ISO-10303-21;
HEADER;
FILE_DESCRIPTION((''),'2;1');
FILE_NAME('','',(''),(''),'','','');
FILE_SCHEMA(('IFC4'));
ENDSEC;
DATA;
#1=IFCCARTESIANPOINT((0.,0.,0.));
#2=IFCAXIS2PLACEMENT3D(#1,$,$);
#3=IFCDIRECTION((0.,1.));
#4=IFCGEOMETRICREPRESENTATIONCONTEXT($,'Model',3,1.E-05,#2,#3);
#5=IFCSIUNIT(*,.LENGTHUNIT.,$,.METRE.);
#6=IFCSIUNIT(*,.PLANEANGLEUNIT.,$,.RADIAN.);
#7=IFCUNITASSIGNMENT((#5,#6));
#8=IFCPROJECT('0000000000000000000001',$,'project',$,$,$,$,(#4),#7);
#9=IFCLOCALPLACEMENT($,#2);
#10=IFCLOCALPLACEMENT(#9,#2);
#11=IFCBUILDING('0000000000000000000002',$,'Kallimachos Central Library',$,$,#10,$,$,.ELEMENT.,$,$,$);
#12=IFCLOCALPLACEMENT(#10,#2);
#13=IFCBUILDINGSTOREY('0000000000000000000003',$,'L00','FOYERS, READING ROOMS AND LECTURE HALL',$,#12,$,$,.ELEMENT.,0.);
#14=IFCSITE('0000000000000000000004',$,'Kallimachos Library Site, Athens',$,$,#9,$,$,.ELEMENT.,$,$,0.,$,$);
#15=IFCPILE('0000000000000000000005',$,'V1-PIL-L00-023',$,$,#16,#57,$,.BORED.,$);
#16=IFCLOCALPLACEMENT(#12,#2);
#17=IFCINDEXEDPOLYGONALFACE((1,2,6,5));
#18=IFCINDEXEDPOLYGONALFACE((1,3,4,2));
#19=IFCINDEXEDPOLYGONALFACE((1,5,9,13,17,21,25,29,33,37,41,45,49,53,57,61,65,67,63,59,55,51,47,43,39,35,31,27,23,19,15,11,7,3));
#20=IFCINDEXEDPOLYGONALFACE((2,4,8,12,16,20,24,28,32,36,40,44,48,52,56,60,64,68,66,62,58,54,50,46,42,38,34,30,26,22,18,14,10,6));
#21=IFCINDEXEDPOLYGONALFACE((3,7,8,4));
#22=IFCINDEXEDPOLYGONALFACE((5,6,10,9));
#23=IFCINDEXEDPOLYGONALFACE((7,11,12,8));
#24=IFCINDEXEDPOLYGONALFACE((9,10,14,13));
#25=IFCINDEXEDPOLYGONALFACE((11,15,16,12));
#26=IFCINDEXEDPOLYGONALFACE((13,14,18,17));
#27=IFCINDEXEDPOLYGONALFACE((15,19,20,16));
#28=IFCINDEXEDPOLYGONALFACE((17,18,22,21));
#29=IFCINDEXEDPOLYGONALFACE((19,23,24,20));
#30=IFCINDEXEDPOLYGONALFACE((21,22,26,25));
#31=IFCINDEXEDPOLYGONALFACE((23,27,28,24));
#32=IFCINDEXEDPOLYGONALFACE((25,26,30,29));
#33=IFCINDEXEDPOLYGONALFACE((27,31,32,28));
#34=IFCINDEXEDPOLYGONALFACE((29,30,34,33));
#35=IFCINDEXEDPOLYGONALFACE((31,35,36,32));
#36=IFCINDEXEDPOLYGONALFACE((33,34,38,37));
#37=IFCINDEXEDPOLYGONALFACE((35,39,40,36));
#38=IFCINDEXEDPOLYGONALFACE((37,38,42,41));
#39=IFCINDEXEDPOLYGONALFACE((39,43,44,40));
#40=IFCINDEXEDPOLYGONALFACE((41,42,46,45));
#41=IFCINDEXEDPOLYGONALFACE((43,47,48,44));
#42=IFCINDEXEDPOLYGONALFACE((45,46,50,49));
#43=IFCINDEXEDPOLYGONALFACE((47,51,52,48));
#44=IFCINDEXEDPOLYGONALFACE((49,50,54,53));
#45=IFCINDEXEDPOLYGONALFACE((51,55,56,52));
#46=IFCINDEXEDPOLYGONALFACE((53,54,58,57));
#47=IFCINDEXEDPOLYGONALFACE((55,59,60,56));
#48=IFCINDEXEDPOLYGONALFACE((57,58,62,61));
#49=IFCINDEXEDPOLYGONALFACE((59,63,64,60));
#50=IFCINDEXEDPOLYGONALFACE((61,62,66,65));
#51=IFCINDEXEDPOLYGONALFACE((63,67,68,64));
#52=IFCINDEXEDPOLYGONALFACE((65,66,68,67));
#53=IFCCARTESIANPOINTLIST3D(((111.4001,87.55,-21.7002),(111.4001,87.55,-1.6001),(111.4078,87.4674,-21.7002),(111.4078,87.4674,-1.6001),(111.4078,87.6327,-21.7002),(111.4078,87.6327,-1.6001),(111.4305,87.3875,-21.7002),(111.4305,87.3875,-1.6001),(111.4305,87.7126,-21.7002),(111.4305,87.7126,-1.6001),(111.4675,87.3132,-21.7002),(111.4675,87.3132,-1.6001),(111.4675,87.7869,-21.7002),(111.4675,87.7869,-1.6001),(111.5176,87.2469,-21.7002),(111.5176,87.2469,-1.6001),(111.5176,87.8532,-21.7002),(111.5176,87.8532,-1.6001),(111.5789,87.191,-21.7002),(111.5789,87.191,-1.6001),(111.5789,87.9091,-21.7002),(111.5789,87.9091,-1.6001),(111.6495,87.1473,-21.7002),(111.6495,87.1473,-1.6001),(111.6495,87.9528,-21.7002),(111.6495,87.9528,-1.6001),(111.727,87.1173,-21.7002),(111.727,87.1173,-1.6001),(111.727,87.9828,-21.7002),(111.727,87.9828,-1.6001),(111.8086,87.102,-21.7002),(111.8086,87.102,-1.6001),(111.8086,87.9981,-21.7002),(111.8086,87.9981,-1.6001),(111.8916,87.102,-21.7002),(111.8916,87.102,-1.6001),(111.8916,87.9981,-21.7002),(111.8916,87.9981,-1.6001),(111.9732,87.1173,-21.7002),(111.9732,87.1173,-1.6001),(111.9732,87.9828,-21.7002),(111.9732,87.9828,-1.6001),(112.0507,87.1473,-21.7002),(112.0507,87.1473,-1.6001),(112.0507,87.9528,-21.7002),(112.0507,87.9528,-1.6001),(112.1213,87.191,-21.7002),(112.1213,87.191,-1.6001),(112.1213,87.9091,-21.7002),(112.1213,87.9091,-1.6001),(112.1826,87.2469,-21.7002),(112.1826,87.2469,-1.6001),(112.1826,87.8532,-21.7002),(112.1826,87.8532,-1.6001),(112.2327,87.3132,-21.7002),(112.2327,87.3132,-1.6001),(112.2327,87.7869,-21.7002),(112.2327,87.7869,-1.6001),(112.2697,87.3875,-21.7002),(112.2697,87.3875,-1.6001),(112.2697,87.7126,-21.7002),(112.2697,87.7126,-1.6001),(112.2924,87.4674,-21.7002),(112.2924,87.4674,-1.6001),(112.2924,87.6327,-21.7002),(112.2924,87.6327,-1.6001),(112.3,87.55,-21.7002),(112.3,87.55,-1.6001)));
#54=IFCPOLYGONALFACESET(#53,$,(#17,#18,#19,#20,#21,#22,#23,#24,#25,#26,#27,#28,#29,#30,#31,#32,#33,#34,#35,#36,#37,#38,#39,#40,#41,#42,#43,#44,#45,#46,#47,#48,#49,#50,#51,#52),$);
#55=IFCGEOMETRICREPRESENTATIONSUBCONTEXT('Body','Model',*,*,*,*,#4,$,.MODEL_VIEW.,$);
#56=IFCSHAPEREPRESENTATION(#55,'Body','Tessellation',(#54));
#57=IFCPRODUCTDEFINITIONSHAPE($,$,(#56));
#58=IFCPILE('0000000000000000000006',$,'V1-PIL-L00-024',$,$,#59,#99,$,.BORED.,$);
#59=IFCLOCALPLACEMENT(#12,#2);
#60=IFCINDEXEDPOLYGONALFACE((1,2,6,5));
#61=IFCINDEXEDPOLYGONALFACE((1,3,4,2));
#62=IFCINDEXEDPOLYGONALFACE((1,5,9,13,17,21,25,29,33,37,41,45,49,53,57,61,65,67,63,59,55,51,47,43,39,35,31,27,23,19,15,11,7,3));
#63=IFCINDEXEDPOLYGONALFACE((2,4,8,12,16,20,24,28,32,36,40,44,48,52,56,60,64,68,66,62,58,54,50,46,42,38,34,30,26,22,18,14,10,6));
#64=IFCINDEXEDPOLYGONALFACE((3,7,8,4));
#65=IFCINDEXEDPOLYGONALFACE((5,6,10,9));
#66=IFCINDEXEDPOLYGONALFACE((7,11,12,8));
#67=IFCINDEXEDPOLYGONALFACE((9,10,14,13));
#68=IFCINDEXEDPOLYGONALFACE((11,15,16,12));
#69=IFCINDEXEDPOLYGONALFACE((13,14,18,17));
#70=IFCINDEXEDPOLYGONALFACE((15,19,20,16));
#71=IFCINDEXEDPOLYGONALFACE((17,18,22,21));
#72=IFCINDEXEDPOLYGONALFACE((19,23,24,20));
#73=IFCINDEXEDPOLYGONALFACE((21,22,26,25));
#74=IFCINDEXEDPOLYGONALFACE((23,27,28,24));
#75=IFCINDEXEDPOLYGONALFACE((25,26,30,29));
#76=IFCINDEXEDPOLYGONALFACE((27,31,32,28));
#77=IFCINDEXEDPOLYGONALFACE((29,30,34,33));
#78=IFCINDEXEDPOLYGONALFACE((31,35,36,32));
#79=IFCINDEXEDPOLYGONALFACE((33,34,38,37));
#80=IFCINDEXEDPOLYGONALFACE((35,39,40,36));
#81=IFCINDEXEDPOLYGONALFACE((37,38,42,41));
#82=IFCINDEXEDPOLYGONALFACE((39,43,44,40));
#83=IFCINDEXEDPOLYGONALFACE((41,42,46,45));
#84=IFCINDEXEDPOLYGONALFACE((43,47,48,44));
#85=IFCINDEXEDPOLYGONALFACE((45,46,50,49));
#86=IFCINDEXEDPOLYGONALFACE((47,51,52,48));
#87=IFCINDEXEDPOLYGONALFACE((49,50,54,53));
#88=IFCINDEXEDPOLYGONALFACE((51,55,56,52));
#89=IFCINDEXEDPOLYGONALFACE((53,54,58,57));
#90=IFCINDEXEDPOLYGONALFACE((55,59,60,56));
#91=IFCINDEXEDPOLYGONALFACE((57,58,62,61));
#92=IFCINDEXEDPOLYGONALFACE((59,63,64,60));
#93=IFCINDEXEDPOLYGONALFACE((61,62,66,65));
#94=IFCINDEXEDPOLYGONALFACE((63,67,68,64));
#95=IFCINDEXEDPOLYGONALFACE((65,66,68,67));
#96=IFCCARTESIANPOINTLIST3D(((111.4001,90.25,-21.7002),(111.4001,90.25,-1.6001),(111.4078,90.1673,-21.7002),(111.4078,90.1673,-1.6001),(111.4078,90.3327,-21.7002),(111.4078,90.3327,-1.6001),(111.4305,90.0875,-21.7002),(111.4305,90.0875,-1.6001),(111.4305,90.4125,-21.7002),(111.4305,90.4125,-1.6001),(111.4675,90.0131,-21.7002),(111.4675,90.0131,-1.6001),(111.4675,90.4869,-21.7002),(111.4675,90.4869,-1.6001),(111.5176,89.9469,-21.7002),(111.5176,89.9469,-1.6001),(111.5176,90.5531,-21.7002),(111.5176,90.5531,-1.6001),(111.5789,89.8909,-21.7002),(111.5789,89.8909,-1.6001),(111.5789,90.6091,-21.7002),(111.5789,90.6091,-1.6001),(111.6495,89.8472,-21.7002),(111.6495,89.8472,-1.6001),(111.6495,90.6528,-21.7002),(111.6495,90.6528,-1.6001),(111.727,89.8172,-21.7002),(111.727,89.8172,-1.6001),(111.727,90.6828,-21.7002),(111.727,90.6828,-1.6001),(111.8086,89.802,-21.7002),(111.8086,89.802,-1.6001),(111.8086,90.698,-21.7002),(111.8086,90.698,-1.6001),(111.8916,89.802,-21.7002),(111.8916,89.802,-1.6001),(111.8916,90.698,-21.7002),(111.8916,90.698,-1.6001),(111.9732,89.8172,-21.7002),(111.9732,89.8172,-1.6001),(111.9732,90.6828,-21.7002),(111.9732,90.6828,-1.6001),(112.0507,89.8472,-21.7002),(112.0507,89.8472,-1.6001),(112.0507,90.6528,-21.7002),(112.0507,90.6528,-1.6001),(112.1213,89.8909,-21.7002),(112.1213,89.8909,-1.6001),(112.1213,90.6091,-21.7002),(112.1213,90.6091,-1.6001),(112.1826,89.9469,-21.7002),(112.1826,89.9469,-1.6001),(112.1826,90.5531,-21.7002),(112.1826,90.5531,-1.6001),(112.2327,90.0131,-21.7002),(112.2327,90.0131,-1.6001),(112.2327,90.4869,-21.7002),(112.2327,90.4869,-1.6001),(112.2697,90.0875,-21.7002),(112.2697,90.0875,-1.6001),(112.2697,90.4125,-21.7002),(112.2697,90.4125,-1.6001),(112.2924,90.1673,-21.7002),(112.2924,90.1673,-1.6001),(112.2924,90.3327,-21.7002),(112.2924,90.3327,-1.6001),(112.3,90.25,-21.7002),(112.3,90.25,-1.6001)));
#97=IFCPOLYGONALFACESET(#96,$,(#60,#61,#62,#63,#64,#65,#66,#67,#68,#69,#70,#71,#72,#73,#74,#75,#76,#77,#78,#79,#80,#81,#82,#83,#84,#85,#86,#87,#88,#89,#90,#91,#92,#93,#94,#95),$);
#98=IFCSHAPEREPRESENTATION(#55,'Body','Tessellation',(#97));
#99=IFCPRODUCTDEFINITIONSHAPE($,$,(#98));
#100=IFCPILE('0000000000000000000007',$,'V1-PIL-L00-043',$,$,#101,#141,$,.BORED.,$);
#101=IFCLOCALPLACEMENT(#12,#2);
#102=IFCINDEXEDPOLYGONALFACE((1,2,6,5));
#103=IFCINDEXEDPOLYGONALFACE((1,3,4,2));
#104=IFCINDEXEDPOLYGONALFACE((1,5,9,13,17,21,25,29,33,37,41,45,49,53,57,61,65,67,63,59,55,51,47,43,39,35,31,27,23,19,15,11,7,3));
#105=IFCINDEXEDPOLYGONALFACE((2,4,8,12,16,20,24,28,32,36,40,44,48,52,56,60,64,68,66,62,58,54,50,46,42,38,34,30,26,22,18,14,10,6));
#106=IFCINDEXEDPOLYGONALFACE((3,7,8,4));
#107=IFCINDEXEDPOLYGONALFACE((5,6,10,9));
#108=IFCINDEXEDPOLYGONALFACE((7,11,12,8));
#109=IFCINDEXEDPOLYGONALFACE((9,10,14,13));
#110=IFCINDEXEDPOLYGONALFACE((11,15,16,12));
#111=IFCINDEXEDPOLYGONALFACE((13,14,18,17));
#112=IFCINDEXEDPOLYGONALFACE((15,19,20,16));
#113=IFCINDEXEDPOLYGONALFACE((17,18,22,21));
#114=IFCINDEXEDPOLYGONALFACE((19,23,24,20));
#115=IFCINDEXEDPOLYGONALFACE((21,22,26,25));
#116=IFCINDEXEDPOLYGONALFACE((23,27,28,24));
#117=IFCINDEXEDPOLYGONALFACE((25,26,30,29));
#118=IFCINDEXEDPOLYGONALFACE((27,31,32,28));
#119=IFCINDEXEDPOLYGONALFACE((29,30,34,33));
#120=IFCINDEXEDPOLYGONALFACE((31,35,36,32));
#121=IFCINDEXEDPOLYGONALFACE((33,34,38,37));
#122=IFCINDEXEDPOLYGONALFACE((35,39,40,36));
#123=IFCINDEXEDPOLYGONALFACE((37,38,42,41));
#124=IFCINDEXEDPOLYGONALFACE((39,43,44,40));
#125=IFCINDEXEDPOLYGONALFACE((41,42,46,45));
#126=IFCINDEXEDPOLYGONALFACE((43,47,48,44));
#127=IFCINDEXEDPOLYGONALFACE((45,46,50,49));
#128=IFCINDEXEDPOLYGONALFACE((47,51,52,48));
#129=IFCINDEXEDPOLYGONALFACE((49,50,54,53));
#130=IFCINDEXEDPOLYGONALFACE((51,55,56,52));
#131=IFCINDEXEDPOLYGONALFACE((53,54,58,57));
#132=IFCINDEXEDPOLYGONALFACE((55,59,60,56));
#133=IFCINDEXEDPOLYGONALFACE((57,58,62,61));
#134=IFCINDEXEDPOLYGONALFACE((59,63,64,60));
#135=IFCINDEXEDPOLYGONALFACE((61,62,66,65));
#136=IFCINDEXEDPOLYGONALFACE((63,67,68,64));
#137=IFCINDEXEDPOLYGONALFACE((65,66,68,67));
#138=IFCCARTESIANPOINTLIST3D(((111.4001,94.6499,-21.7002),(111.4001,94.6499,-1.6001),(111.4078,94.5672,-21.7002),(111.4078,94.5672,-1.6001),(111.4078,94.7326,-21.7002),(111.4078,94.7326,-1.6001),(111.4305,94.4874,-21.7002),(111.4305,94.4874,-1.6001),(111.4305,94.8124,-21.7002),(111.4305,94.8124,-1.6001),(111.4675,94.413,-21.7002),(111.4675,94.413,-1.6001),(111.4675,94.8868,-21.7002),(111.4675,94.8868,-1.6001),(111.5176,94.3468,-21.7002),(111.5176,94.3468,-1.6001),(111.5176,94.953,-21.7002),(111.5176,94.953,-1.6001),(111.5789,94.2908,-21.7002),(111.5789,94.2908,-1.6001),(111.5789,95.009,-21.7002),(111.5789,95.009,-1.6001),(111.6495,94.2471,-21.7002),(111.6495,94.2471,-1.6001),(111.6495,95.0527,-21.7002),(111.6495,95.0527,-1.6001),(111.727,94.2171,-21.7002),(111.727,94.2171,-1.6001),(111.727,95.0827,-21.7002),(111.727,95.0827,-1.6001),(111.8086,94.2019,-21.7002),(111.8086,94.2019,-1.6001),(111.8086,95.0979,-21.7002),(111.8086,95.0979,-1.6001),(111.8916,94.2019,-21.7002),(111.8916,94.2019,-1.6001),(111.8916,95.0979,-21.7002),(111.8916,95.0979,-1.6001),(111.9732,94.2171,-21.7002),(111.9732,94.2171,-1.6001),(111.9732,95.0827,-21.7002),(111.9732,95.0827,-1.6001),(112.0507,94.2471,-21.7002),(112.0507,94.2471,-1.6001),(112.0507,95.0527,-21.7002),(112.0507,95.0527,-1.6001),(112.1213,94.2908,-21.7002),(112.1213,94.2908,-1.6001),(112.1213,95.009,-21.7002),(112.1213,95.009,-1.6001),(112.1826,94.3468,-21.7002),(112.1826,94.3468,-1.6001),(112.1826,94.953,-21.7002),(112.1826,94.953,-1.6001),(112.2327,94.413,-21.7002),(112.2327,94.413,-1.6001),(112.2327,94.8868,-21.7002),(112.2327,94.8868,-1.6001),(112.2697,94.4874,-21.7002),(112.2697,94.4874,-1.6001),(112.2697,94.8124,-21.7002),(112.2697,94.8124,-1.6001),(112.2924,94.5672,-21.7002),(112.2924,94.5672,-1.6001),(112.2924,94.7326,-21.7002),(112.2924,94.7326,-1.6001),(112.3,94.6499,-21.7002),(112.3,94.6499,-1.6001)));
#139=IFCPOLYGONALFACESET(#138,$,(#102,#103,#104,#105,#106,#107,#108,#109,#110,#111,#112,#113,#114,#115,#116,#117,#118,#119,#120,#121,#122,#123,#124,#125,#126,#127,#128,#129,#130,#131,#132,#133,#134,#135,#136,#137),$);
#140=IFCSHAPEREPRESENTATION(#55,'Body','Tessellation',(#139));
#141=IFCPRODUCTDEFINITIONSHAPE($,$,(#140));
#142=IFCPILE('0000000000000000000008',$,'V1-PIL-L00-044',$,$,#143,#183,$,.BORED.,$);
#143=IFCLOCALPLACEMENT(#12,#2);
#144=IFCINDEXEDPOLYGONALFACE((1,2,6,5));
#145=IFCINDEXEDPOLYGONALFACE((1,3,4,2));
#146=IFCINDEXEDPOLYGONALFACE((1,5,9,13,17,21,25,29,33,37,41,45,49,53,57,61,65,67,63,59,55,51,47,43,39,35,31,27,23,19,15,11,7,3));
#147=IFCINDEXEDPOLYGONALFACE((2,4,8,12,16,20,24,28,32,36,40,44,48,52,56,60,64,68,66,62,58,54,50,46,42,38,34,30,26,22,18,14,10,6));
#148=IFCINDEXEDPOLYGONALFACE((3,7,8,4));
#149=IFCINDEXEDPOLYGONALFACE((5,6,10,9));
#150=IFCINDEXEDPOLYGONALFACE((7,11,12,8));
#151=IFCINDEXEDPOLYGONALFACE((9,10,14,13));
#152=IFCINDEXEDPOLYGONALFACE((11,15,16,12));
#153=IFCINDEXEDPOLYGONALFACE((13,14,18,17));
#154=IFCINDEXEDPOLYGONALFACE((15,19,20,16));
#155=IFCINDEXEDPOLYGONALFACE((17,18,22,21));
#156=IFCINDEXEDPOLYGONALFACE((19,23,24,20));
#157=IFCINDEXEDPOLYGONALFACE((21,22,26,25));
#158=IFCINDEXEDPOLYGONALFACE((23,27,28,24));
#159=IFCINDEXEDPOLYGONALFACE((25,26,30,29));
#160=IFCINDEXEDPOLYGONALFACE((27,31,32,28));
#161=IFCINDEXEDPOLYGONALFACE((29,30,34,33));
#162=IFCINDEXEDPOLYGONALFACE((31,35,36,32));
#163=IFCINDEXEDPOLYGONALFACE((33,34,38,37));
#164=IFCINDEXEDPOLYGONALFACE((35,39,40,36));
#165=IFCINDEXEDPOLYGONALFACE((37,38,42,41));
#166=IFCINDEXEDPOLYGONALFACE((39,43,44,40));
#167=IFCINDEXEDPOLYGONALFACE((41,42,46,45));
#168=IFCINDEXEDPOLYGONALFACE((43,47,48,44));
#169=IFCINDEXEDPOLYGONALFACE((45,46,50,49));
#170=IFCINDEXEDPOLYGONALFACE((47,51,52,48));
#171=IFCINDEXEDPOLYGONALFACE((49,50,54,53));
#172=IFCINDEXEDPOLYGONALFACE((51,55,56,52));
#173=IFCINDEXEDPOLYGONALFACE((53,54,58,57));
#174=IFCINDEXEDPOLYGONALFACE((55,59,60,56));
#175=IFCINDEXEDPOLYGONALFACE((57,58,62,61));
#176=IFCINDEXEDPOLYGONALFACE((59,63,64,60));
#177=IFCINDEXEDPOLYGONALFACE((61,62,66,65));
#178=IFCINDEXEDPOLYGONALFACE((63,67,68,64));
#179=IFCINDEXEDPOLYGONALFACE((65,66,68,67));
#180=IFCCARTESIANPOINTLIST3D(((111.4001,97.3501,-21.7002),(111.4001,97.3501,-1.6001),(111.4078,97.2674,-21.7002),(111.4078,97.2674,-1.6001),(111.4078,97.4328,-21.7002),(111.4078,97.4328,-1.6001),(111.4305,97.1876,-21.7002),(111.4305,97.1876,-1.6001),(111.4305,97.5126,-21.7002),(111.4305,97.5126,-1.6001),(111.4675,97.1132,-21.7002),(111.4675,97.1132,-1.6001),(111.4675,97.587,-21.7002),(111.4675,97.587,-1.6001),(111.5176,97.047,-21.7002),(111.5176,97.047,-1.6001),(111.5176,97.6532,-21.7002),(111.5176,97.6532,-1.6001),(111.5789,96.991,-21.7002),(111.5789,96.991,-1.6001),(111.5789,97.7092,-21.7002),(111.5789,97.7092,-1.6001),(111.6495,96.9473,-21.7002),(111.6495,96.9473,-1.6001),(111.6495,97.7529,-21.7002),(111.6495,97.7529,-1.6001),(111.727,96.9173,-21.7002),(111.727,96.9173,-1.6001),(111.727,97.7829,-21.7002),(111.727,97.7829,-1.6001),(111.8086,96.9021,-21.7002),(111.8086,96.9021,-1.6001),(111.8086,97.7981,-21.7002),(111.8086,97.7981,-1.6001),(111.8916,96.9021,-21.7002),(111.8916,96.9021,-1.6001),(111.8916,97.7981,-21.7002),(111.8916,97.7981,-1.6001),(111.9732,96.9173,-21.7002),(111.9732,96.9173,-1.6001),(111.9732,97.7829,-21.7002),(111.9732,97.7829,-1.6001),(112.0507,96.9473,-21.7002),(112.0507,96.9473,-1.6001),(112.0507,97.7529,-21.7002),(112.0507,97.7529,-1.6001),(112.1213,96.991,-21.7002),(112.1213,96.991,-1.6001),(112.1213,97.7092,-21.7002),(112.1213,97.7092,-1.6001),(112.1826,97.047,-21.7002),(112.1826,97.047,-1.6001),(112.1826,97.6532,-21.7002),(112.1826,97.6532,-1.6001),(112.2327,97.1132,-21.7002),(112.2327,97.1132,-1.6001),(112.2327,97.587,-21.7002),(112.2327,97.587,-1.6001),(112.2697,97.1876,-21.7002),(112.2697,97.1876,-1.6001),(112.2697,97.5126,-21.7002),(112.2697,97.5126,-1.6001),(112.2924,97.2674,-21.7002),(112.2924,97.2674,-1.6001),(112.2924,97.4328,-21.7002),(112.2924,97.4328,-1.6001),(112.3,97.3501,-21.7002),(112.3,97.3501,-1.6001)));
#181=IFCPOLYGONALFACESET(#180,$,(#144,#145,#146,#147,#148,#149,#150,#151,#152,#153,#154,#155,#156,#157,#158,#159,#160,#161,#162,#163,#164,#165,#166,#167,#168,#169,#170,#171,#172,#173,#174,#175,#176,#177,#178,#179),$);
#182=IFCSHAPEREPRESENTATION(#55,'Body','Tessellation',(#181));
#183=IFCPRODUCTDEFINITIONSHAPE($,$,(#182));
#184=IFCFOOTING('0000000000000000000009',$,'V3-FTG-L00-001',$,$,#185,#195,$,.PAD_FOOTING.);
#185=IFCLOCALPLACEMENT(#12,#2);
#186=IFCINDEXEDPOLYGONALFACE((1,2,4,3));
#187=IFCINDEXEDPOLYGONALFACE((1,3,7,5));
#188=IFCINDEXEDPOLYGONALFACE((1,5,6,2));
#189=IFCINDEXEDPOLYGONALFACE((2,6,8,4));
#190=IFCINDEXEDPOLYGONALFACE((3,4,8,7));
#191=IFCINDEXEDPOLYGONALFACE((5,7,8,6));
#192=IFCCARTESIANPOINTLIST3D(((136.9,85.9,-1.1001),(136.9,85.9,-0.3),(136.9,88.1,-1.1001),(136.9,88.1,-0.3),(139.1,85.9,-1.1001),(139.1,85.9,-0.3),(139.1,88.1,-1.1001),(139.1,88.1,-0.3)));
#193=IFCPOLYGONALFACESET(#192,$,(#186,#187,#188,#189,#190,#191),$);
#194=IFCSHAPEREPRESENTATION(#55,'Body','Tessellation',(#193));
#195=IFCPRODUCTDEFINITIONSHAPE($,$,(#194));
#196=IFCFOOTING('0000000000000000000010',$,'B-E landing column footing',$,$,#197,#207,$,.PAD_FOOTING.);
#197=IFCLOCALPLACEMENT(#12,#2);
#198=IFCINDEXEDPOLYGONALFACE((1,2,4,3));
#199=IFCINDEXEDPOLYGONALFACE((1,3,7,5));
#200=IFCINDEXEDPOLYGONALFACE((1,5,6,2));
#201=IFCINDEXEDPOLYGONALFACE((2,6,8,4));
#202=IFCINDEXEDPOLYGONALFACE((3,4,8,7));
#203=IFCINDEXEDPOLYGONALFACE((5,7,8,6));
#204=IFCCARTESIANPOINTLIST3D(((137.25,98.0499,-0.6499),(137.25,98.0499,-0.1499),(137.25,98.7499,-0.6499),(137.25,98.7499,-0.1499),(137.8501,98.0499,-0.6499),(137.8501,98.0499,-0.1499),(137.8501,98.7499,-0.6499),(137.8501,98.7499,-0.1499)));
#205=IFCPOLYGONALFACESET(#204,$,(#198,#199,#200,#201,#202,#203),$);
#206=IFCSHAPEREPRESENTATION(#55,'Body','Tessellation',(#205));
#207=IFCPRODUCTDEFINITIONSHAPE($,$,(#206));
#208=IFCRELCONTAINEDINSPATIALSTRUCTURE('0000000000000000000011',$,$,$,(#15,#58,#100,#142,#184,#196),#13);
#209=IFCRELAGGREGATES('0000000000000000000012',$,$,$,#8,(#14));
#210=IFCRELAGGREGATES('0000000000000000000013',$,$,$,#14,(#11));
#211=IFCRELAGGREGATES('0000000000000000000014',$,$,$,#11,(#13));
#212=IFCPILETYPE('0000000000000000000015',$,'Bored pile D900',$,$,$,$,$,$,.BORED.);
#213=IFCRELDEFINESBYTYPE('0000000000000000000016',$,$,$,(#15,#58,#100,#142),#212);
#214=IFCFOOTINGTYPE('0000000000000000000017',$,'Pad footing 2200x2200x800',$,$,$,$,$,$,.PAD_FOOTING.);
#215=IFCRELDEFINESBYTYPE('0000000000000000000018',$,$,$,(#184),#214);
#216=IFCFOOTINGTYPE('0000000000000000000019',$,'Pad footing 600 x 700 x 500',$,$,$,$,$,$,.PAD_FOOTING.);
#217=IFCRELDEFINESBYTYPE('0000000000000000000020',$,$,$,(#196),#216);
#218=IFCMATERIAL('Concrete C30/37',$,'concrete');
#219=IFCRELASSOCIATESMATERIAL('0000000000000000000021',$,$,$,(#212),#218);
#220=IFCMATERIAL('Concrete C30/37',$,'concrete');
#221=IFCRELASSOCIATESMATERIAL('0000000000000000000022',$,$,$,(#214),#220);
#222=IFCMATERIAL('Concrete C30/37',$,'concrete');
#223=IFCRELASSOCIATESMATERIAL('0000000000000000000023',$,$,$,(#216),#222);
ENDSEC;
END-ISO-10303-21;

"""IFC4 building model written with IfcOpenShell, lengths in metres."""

from ifc_helpers import new_model, si_unit, direction, frame, origin, origin_2d, place, context, subcontext, project, spatial, rectangle, circle, extrude, material, type_object, element, save


model = new_model("IFC4")

# Units and contexts
model_context = context("Model", 3, precision=1e-05, world=origin(), true_north=direction((0.0, 1.0)))
body_context = subcontext(model_context, "Body", "Model", "MODEL_VIEW")
ifc_project = project(units=[si_unit("LENGTHUNIT", "METRE"), si_unit("PLANEANGLEUNIT", "RADIAN")], contexts=[model_context])

# Site, building, storey
site_placement = place(None, origin())
site = spatial("IfcSite", under=ifc_project, at=site_placement, Name="Kallimachos Library Site, Athens", CompositionType="ELEMENT", RefElevation=0.0)
building_placement = place(site_placement, origin())
building = spatial("IfcBuilding", under=site, at=building_placement, Name="Kallimachos Central Library", CompositionType="ELEMENT")
storey_placement = place(building_placement, origin())
storey = spatial("IfcBuildingStorey", under=building, at=storey_placement, Name="L00", Description="FOYERS, READING ROOMS AND LECTURE HALL", CompositionType="ELEMENT", Elevation=0.0)

# Piles
ifc_material_1 = material(Name="Concrete C30/37", Category="concrete")
pile_type = type_object("IfcPileType", Name="Bored pile D900", PredefinedType="BORED", material=ifc_material_1)
for number, where, z_axis, x_axis, name in (
    (1, (111.8501, 87.55, -1.6001), (0.0, 0.0, -1.0), (1.0, 0.0, 0.0), "V1-PIL-L00-023"),
    (2, (111.8501, 90.25, -1.6001), (0.0, 0.0, -1.0), (1.0, 0.0, 0.0), "V1-PIL-L00-024"),
    (3, (111.8501, 94.6499, -1.6001), (0.0, 0.0, -1.0), (1.0, 0.0, 0.0), "V1-PIL-L00-043"),
    (4, (111.8501, 97.3501, -1.6001), (0.0, 0.0, -1.0), (1.0, 0.0, 0.0), "V1-PIL-L00-044"),
):
    element("IfcPile", number, at=place(storey_placement, frame(where, z_axis=z_axis, x_axis=x_axis)), inside=storey, type_object=pile_type, Name=name, PredefinedType="BORED", context=body_context, shape_type="SweptSolid", body=[
        extrude(circle(Radius=0.45, at=origin_2d()), origin(), (0.0, 0.0, 1.0), 20.1001),
    ])

# Footings
ifc_material_2 = material(Name="Concrete C30/37", Category="concrete")
footing_type_1 = type_object("IfcFootingType", Name="Pad footing 2200x2200x800", PredefinedType="PAD_FOOTING", material=ifc_material_2)
footing_1_placement = place(storey_placement, frame((138.0, 87.0, -1.1001), z_axis=(0.0, 0.0, 1.0), x_axis=(1.0, 0.0, 0.0)))
element("IfcFooting", 5, at=footing_1_placement, inside=storey, type_object=footing_type_1, Name="V3-FTG-L00-001", PredefinedType="PAD_FOOTING", context=body_context, shape_type="SweptSolid", body=[
    extrude(rectangle(XDim=2.2, YDim=2.2, at=origin_2d()), origin(), (0.0, 0.0, 1.0), 0.8),
])
ifc_material_3 = material(Name="Concrete C30/37", Category="concrete")
footing_type_2 = type_object("IfcFootingType", Name="Pad footing 600 x 700 x 500", PredefinedType="PAD_FOOTING", material=ifc_material_3)
footing_2_placement = place(storey_placement, frame((137.55, 98.3999, -0.6499), z_axis=(0.0, 0.0, 1.0), x_axis=(1.0, 0.0, 0.0)))
element("IfcFooting", 6, at=footing_2_placement, inside=storey, type_object=footing_type_2, Name="B-E landing column footing", PredefinedType="PAD_FOOTING", context=body_context, shape_type="SweptSolid", body=[
    extrude(rectangle(XDim=0.6001, YDim=0.7, at=origin_2d()), origin(), (0.0, 0.0, 1.0), 0.5),
])

save(model, "model.ifc")
